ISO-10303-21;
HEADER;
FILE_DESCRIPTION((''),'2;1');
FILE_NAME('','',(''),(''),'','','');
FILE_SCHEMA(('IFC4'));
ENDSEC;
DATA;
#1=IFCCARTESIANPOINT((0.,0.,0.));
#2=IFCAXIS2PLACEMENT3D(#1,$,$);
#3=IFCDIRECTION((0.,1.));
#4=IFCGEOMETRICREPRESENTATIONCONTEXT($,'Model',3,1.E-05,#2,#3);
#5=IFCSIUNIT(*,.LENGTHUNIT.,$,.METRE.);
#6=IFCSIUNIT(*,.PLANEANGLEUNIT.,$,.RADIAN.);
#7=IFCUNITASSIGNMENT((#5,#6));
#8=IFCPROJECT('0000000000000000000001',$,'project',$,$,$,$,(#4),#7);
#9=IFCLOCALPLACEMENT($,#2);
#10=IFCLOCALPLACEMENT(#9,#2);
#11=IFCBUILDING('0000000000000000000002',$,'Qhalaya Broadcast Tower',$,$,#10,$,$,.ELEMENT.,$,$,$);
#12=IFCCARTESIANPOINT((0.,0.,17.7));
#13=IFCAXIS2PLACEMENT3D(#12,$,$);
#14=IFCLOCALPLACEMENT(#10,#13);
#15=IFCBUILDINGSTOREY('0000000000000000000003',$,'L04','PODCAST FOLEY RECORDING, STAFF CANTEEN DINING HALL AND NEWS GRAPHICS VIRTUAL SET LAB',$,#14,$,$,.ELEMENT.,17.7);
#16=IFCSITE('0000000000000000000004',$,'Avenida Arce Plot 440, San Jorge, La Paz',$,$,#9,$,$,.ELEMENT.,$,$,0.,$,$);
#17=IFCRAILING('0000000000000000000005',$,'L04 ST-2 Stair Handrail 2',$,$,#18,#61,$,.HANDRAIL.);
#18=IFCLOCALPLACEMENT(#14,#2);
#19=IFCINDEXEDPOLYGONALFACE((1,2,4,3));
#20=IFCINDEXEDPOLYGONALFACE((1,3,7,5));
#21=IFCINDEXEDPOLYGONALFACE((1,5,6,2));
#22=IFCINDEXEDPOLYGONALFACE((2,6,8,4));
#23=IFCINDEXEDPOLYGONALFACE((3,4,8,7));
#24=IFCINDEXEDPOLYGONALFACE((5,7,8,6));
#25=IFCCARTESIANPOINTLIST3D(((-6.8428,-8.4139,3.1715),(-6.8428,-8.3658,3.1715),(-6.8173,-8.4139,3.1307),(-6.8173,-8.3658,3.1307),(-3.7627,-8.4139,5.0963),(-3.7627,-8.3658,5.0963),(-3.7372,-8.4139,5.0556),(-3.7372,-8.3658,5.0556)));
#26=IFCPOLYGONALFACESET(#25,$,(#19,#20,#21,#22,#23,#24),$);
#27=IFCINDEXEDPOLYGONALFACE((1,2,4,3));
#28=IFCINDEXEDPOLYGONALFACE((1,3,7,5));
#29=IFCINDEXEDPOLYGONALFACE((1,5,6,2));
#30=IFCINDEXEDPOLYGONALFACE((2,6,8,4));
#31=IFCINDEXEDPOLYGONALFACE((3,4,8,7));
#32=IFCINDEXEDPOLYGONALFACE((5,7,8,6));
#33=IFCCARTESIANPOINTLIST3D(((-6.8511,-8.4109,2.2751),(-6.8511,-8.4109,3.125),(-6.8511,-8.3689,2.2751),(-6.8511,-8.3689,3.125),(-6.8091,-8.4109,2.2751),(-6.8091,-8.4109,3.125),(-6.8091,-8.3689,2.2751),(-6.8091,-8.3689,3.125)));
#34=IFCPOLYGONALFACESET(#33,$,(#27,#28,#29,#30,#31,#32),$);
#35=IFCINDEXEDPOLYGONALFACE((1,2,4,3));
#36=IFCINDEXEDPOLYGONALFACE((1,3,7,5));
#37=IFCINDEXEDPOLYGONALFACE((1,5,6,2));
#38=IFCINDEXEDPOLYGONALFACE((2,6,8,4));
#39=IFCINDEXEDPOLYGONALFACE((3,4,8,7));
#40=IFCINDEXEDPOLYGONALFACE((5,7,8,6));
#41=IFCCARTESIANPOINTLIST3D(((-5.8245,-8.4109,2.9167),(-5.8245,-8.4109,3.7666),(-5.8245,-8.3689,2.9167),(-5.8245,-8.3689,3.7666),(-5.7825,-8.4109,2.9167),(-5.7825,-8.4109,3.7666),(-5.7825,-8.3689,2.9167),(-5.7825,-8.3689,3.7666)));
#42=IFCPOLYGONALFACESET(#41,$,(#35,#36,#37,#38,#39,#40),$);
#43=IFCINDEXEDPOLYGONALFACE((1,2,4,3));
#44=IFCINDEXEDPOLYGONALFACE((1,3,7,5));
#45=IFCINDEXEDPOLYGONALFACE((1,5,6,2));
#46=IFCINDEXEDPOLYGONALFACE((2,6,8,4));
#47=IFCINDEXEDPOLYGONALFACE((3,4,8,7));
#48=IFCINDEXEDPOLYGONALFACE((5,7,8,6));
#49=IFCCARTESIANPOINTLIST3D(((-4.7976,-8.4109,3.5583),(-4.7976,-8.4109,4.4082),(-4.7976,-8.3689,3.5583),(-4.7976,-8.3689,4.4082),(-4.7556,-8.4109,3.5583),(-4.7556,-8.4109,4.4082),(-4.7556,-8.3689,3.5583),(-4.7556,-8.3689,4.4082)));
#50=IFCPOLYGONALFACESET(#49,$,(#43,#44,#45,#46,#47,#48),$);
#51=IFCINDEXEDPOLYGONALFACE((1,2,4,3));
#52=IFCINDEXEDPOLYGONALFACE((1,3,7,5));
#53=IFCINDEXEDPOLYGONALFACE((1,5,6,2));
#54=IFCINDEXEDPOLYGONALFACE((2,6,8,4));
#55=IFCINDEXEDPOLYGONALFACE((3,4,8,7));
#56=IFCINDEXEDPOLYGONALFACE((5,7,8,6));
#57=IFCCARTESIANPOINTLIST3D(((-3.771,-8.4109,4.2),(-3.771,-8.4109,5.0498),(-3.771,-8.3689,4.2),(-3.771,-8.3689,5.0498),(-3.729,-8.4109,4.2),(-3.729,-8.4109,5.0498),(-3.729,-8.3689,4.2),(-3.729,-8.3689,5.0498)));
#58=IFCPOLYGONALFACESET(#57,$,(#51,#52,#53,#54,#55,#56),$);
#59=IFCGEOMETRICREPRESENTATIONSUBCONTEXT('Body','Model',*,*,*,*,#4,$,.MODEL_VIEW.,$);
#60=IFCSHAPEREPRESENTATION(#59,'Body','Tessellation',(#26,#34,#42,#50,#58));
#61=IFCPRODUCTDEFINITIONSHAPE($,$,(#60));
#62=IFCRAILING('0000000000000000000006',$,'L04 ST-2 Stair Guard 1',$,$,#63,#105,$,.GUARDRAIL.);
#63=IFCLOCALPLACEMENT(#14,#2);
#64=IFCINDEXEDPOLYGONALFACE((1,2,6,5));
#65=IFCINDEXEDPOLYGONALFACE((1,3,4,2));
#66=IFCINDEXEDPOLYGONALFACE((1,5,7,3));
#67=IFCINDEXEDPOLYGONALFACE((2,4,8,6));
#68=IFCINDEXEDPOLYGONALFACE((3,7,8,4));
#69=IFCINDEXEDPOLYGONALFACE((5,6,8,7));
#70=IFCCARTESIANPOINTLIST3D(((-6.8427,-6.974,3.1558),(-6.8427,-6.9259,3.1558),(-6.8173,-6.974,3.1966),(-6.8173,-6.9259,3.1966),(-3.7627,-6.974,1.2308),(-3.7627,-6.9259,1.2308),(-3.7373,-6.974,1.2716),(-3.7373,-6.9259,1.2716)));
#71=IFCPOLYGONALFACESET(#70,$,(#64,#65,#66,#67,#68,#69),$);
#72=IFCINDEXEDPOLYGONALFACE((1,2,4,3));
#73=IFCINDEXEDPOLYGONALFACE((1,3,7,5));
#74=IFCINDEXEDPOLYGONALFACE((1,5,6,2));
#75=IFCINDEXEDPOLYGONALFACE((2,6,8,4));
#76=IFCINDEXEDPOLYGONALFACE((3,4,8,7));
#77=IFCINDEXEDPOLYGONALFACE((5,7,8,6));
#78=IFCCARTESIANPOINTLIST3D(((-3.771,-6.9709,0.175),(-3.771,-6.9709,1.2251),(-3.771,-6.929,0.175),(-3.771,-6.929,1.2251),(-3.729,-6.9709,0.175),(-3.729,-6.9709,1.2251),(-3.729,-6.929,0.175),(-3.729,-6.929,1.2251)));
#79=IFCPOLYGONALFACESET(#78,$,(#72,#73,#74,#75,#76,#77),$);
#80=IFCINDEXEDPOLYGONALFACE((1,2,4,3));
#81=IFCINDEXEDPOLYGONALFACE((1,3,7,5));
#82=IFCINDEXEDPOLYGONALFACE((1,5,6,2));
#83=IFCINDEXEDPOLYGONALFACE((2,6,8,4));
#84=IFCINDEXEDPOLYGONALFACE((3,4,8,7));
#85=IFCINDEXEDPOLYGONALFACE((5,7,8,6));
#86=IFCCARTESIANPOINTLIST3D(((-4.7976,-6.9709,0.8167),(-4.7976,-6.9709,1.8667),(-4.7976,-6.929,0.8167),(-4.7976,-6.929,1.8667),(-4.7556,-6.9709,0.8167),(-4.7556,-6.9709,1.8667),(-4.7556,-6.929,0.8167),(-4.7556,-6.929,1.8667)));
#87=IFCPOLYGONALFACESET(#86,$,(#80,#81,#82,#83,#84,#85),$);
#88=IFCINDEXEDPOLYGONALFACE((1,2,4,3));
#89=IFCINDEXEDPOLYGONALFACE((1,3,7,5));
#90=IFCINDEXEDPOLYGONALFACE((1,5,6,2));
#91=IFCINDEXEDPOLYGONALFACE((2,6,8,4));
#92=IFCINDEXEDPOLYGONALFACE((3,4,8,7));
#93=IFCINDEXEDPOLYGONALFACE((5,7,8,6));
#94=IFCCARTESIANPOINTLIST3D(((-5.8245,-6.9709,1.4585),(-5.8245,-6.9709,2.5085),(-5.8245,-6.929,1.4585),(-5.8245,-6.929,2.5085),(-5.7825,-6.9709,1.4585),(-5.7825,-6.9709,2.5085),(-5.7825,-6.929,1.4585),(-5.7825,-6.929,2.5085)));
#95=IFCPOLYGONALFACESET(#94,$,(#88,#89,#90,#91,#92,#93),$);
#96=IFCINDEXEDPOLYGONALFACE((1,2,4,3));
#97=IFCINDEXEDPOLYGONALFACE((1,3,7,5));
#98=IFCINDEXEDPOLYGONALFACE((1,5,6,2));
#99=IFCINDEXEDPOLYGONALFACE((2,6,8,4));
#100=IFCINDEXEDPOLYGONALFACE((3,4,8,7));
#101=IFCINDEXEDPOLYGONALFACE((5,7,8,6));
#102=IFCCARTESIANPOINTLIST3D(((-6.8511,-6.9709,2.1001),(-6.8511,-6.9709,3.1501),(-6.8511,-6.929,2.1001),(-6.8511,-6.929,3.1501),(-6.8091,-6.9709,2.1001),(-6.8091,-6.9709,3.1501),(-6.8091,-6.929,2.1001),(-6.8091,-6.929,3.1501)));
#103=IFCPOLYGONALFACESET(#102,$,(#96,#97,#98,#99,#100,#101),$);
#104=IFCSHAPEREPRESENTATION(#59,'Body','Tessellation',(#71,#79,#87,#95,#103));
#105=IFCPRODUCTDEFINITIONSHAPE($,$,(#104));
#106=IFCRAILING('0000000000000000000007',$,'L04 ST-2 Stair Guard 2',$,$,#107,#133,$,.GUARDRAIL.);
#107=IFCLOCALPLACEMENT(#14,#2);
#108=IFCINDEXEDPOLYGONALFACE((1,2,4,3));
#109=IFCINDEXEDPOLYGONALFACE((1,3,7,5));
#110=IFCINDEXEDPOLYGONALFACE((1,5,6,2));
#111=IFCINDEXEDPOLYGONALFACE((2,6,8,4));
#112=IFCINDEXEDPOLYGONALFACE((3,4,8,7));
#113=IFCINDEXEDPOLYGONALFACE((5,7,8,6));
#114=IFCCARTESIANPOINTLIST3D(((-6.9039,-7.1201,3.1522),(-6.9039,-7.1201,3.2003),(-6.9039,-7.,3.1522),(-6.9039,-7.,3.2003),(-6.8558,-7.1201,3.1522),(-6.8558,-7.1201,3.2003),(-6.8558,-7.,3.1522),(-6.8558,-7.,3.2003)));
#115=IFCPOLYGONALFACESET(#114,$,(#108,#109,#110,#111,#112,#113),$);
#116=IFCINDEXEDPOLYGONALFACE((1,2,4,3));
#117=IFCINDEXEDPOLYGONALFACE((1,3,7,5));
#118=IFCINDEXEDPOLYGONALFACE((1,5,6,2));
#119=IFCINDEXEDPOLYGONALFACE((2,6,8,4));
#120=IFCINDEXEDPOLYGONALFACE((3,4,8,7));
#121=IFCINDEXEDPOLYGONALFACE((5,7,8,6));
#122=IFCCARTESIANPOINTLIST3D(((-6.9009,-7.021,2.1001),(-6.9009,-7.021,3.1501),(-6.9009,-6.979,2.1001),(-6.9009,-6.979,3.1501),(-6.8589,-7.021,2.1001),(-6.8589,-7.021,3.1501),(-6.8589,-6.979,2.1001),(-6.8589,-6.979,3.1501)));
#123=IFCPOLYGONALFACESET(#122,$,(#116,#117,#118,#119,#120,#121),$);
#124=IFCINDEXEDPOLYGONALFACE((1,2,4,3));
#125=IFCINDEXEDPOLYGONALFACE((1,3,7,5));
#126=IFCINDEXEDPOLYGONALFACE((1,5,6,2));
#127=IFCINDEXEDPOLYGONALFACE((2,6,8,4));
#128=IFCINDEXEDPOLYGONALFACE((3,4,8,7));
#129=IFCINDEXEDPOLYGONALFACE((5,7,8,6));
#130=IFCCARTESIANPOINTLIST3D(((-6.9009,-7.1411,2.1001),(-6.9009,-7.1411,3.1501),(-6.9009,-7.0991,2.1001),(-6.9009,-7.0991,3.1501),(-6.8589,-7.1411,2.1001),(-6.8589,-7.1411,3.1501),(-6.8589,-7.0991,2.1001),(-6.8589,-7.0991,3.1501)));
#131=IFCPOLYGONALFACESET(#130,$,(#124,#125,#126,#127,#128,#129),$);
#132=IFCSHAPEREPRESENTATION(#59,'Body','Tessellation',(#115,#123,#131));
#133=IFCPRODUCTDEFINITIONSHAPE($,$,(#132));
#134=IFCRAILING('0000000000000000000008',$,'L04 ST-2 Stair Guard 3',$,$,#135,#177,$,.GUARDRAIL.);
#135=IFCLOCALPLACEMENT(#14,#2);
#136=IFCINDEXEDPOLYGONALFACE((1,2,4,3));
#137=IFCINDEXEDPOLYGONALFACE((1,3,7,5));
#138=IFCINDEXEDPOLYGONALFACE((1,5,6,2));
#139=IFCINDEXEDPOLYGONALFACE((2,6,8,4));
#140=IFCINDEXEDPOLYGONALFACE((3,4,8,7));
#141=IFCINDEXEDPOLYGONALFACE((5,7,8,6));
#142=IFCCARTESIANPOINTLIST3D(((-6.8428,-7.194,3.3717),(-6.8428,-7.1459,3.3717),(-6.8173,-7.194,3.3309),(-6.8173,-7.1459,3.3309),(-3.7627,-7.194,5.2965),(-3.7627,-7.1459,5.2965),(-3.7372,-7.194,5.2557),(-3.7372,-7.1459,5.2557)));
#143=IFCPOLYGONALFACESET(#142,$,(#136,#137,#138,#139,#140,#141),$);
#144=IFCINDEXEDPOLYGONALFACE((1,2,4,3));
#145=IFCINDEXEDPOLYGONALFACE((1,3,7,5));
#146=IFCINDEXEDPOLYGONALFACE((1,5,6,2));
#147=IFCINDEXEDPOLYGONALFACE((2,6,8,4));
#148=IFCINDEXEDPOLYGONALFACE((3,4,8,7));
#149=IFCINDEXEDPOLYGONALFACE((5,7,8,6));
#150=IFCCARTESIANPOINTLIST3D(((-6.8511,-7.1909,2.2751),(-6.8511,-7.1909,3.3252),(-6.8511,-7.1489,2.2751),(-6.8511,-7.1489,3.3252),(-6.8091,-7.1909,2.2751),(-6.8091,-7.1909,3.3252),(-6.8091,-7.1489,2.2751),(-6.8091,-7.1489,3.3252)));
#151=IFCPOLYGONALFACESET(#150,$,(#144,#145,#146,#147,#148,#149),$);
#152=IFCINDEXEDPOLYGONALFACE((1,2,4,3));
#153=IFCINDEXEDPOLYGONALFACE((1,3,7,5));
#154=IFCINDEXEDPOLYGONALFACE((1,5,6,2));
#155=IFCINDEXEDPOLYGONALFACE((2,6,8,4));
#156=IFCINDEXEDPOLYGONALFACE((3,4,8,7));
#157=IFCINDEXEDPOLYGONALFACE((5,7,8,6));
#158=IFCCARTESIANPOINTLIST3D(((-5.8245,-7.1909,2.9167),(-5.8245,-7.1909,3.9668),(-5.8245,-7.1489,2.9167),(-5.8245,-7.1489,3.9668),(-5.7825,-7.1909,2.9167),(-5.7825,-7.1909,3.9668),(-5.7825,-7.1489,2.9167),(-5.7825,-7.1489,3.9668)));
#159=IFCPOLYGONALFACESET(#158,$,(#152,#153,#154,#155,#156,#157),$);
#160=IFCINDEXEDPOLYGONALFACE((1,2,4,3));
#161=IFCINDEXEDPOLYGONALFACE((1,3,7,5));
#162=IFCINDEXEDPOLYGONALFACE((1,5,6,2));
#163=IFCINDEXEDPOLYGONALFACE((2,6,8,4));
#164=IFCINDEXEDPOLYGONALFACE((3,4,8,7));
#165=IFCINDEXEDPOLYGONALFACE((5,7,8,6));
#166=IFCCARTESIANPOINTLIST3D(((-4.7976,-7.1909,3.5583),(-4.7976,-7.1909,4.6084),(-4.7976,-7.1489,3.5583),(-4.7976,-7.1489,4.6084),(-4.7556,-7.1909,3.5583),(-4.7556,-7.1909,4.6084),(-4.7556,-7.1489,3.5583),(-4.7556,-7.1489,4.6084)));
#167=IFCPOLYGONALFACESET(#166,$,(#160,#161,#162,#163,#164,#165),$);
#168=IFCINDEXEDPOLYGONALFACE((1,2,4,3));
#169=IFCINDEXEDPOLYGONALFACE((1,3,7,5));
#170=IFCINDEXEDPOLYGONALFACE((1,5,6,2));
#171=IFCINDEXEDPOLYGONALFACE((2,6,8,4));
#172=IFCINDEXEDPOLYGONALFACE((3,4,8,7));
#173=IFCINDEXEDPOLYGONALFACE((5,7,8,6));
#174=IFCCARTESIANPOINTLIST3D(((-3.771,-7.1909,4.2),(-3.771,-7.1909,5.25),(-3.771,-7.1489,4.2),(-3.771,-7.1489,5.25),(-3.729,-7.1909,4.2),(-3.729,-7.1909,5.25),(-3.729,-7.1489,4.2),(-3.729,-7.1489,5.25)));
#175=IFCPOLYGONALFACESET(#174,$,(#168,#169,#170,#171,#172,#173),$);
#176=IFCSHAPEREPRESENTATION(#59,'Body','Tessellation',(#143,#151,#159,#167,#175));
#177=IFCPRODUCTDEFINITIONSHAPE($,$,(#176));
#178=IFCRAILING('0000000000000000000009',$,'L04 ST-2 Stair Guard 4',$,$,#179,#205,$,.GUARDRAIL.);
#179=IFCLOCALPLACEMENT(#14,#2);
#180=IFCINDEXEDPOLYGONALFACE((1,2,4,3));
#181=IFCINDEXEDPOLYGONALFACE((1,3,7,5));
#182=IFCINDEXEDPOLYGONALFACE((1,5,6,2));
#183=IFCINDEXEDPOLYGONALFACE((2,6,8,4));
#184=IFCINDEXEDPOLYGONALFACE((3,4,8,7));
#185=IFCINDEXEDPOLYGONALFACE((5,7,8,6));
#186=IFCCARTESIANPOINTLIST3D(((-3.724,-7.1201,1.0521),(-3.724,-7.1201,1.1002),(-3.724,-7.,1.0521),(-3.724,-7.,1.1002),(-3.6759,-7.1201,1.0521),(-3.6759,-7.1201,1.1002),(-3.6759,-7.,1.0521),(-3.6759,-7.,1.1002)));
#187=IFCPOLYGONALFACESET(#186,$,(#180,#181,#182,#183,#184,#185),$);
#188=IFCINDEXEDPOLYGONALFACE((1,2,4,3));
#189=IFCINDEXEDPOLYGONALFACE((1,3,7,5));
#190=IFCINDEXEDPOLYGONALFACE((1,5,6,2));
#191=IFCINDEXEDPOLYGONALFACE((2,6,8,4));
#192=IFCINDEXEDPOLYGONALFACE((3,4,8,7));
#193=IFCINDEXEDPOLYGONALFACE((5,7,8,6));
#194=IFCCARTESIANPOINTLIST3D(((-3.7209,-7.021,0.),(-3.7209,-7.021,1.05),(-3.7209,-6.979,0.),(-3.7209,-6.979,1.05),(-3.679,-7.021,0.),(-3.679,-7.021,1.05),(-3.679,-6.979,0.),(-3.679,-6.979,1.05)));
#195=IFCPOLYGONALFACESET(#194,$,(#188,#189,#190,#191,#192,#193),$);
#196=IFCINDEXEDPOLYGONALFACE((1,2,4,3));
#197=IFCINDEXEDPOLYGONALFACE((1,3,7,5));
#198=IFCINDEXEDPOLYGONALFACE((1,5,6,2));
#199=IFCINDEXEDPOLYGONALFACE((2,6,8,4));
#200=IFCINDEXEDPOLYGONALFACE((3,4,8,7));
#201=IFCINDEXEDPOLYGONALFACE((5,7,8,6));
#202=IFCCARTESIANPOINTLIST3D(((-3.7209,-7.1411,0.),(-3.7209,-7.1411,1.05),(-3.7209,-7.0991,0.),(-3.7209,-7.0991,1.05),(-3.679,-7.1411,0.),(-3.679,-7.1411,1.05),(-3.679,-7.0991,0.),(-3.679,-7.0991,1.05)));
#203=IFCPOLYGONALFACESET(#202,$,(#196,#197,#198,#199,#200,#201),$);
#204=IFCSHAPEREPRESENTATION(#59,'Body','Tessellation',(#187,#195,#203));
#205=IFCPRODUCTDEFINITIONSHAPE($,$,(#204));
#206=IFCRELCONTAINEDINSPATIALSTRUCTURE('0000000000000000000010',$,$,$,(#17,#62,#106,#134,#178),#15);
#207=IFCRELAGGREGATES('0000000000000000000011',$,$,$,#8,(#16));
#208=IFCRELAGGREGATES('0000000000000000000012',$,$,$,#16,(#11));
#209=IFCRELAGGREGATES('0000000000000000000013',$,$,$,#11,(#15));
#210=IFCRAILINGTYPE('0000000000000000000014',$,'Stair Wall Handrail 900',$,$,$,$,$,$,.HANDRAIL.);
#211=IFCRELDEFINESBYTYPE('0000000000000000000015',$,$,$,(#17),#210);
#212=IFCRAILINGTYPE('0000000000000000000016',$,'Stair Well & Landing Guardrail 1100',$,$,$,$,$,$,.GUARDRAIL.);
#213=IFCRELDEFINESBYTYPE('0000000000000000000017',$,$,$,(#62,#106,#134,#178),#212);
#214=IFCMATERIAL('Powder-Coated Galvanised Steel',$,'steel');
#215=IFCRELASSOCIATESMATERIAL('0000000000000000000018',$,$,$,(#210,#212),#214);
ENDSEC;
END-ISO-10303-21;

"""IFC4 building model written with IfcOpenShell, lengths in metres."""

from ifc_helpers import new_model, si_unit, direction, frame, origin, origin_2d, place, context, subcontext, project, spatial, rectangle, extrude, material, type_object, element, save


model = new_model("IFC4")

# Units and contexts
model_context = context("Model", 3, precision=1e-05, world=origin(), true_north=direction((0.0, 1.0)))
body_context = subcontext(model_context, "Body", "Model", "MODEL_VIEW")
ifc_project = project(units=[si_unit("LENGTHUNIT", "METRE"), si_unit("PLANEANGLEUNIT", "RADIAN")], contexts=[model_context])

# Site, building, storey
site_placement = place(None, origin())
site = spatial("IfcSite", under=ifc_project, at=site_placement, Name="Avenida Arce Plot 440, San Jorge, La Paz", CompositionType="ELEMENT", RefElevation=0.0)
building_placement = place(site_placement, origin())
building = spatial("IfcBuilding", under=site, at=building_placement, Name="Qhalaya Broadcast Tower", CompositionType="ELEMENT")
storey_placement = place(building_placement, frame((0.0, 0.0, 17.7)))
storey = spatial("IfcBuildingStorey", under=building, at=storey_placement, Name="L04", Description="PODCAST FOLEY RECORDING, STAFF CANTEEN DINING HALL AND NEWS GRAPHICS VIRTUAL SET LAB", CompositionType="ELEMENT", Elevation=17.7)

# Railings
ifc_material_1 = material(Name="Powder-Coated Galvanised Steel", Category="steel")
railing_type_1 = type_object("IfcRailingType", Name="Stair Wall Handrail 900", PredefinedType="HANDRAIL", material=ifc_material_1)
railing_1_placement = place(storey_placement, frame((-6.8301, -8.3899, 2.2751)))
element("IfcRailing", 1, at=railing_1_placement, inside=storey, type_object=railing_type_1, Name="L04 ST-2 Stair Handrail 2", PredefinedType="HANDRAIL", context=body_context, shape_type="SweptSolid", body=[
    extrude(rectangle(XDim=0.0481, YDim=0.0481, at=origin_2d()), frame((0.0, 0.0, 0.876), z_axis=(0.848029, 0.0, 0.529951), x_axis=(0.0, 1.0, 0.0)), (0.0, 0.0, 1.0), 3.6321),
    extrude(rectangle(XDim=0.042, YDim=0.042, at=origin_2d()), origin(), (0.0, 0.0, 1.0), 0.8499),
    extrude(rectangle(XDim=0.042, YDim=0.042, at=origin_2d()), frame((1.0266, 0.0, 0.6416)), (0.0, 0.0, 1.0), 0.8499),
    extrude(rectangle(XDim=0.042, YDim=0.042, at=origin_2d()), frame((2.0535, 0.0, 1.2832)), (0.0, 0.0, 1.0), 0.8499),
    extrude(rectangle(XDim=0.042, YDim=0.042, at=origin_2d()), frame((3.0801, 0.0, 1.9248)), (0.0, 0.0, 1.0), 0.8499),
])
railing_type_2 = type_object("IfcRailingType", Name="Stair Well & Landing Guardrail 1100", PredefinedType="GUARDRAIL", material=ifc_material_1)
railing_2_placement = place(storey_placement, frame((-3.75, -6.95, 0.175)))
element("IfcRailing", 2, at=railing_2_placement, inside=storey, type_object=railing_type_2, Name="L04 ST-2 Stair Guard 1", PredefinedType="GUARDRAIL", context=body_context, shape_type="SweptSolid", body=[
    extrude(rectangle(XDim=0.0481, YDim=0.0481, at=origin_2d()), frame((0.0, 0.0, 1.0762), z_axis=(-0.847998, 0.0, 0.529999), x_axis=(0.0, -1.0, 0.0)), (0.0, 0.0, 1.0), 3.6321),
    extrude(rectangle(XDim=0.042, YDim=0.042, at=origin_2d()), origin(), (0.0, 0.0, 1.0), 1.05),
    extrude(rectangle(XDim=0.042, YDim=0.042, at=origin_2d()), frame((-1.0266, 0.0, 0.6416)), (0.0, 0.0, 1.0), 1.05),
    extrude(rectangle(XDim=0.042, YDim=0.042, at=origin_2d()), frame((-2.0535, 0.0, 1.2834)), (0.0, 0.0, 1.0), 1.05),
    extrude(rectangle(XDim=0.042, YDim=0.042, at=origin_2d()), frame((-3.0801, 0.0, 1.925)), (0.0, 0.0, 1.0), 1.05),
])
railing_3_placement = place(storey_placement, frame((-6.8799, -7.0, 2.1001)))
element("IfcRailing", 3, at=railing_3_placement, inside=storey, type_object=railing_type_2, Name="L04 ST-2 Stair Guard 2", PredefinedType="GUARDRAIL", context=body_context, shape_type="SweptSolid", body=[
    extrude(rectangle(XDim=0.0481, YDim=0.0481, at=origin_2d()), frame((0.0, 0.0, 1.0762), z_axis=(0.0, -1.0, 0.0), x_axis=(1.0, 0.0, 0.0)), (0.0, 0.0, 1.0), 0.1201),
    extrude(rectangle(XDim=0.042, YDim=0.042, at=origin_2d()), origin(), (0.0, 0.0, 1.0), 1.05),
    extrude(rectangle(XDim=0.042, YDim=0.042, at=origin_2d()), frame((0.0, -0.1201, 0.0)), (0.0, 0.0, 1.0), 1.05),
])
railing_4_placement = place(storey_placement, frame((-6.8301, -7.1699, 2.2751)))
element("IfcRailing", 4, at=railing_4_placement, inside=storey, type_object=railing_type_2, Name="L04 ST-2 Stair Guard 3", PredefinedType="GUARDRAIL", context=body_context, shape_type="SweptSolid", body=[
    extrude(rectangle(XDim=0.0481, YDim=0.0481, at=origin_2d()), frame((0.0, 0.0, 1.0762), z_axis=(0.848029, 0.0, 0.529951), x_axis=(0.0, 1.0, 0.0)), (0.0, 0.0, 1.0), 3.6321),
    extrude(rectangle(XDim=0.042, YDim=0.042, at=origin_2d()), origin(), (0.0, 0.0, 1.0), 1.05),
    extrude(rectangle(XDim=0.042, YDim=0.042, at=origin_2d()), frame((1.0266, 0.0, 0.6416)), (0.0, 0.0, 1.0), 1.05),
    extrude(rectangle(XDim=0.042, YDim=0.042, at=origin_2d()), frame((2.0535, 0.0, 1.2832)), (0.0, 0.0, 1.0), 1.05),
    extrude(rectangle(XDim=0.042, YDim=0.042, at=origin_2d()), frame((3.0801, 0.0, 1.9248)), (0.0, 0.0, 1.0), 1.05),
])
railing_5_placement = place(storey_placement, frame((-3.7, -7.0, 0.0)))
element("IfcRailing", 5, at=railing_5_placement, inside=storey, type_object=railing_type_2, Name="L04 ST-2 Stair Guard 4", PredefinedType="GUARDRAIL", context=body_context, shape_type="SweptSolid", body=[
    extrude(rectangle(XDim=0.0481, YDim=0.0481, at=origin_2d()), frame((0.0, 0.0, 1.0762), z_axis=(0.0, -1.0, 0.0), x_axis=(1.0, 0.0, 0.0)), (0.0, 0.0, 1.0), 0.1201),
    extrude(rectangle(XDim=0.042, YDim=0.042, at=origin_2d()), origin(), (0.0, 0.0, 1.0), 1.05),
    extrude(rectangle(XDim=0.042, YDim=0.042, at=origin_2d()), frame((0.0, -0.1201, 0.0)), (0.0, 0.0, 1.0), 1.05),
])

save(model, "model.ifc")
